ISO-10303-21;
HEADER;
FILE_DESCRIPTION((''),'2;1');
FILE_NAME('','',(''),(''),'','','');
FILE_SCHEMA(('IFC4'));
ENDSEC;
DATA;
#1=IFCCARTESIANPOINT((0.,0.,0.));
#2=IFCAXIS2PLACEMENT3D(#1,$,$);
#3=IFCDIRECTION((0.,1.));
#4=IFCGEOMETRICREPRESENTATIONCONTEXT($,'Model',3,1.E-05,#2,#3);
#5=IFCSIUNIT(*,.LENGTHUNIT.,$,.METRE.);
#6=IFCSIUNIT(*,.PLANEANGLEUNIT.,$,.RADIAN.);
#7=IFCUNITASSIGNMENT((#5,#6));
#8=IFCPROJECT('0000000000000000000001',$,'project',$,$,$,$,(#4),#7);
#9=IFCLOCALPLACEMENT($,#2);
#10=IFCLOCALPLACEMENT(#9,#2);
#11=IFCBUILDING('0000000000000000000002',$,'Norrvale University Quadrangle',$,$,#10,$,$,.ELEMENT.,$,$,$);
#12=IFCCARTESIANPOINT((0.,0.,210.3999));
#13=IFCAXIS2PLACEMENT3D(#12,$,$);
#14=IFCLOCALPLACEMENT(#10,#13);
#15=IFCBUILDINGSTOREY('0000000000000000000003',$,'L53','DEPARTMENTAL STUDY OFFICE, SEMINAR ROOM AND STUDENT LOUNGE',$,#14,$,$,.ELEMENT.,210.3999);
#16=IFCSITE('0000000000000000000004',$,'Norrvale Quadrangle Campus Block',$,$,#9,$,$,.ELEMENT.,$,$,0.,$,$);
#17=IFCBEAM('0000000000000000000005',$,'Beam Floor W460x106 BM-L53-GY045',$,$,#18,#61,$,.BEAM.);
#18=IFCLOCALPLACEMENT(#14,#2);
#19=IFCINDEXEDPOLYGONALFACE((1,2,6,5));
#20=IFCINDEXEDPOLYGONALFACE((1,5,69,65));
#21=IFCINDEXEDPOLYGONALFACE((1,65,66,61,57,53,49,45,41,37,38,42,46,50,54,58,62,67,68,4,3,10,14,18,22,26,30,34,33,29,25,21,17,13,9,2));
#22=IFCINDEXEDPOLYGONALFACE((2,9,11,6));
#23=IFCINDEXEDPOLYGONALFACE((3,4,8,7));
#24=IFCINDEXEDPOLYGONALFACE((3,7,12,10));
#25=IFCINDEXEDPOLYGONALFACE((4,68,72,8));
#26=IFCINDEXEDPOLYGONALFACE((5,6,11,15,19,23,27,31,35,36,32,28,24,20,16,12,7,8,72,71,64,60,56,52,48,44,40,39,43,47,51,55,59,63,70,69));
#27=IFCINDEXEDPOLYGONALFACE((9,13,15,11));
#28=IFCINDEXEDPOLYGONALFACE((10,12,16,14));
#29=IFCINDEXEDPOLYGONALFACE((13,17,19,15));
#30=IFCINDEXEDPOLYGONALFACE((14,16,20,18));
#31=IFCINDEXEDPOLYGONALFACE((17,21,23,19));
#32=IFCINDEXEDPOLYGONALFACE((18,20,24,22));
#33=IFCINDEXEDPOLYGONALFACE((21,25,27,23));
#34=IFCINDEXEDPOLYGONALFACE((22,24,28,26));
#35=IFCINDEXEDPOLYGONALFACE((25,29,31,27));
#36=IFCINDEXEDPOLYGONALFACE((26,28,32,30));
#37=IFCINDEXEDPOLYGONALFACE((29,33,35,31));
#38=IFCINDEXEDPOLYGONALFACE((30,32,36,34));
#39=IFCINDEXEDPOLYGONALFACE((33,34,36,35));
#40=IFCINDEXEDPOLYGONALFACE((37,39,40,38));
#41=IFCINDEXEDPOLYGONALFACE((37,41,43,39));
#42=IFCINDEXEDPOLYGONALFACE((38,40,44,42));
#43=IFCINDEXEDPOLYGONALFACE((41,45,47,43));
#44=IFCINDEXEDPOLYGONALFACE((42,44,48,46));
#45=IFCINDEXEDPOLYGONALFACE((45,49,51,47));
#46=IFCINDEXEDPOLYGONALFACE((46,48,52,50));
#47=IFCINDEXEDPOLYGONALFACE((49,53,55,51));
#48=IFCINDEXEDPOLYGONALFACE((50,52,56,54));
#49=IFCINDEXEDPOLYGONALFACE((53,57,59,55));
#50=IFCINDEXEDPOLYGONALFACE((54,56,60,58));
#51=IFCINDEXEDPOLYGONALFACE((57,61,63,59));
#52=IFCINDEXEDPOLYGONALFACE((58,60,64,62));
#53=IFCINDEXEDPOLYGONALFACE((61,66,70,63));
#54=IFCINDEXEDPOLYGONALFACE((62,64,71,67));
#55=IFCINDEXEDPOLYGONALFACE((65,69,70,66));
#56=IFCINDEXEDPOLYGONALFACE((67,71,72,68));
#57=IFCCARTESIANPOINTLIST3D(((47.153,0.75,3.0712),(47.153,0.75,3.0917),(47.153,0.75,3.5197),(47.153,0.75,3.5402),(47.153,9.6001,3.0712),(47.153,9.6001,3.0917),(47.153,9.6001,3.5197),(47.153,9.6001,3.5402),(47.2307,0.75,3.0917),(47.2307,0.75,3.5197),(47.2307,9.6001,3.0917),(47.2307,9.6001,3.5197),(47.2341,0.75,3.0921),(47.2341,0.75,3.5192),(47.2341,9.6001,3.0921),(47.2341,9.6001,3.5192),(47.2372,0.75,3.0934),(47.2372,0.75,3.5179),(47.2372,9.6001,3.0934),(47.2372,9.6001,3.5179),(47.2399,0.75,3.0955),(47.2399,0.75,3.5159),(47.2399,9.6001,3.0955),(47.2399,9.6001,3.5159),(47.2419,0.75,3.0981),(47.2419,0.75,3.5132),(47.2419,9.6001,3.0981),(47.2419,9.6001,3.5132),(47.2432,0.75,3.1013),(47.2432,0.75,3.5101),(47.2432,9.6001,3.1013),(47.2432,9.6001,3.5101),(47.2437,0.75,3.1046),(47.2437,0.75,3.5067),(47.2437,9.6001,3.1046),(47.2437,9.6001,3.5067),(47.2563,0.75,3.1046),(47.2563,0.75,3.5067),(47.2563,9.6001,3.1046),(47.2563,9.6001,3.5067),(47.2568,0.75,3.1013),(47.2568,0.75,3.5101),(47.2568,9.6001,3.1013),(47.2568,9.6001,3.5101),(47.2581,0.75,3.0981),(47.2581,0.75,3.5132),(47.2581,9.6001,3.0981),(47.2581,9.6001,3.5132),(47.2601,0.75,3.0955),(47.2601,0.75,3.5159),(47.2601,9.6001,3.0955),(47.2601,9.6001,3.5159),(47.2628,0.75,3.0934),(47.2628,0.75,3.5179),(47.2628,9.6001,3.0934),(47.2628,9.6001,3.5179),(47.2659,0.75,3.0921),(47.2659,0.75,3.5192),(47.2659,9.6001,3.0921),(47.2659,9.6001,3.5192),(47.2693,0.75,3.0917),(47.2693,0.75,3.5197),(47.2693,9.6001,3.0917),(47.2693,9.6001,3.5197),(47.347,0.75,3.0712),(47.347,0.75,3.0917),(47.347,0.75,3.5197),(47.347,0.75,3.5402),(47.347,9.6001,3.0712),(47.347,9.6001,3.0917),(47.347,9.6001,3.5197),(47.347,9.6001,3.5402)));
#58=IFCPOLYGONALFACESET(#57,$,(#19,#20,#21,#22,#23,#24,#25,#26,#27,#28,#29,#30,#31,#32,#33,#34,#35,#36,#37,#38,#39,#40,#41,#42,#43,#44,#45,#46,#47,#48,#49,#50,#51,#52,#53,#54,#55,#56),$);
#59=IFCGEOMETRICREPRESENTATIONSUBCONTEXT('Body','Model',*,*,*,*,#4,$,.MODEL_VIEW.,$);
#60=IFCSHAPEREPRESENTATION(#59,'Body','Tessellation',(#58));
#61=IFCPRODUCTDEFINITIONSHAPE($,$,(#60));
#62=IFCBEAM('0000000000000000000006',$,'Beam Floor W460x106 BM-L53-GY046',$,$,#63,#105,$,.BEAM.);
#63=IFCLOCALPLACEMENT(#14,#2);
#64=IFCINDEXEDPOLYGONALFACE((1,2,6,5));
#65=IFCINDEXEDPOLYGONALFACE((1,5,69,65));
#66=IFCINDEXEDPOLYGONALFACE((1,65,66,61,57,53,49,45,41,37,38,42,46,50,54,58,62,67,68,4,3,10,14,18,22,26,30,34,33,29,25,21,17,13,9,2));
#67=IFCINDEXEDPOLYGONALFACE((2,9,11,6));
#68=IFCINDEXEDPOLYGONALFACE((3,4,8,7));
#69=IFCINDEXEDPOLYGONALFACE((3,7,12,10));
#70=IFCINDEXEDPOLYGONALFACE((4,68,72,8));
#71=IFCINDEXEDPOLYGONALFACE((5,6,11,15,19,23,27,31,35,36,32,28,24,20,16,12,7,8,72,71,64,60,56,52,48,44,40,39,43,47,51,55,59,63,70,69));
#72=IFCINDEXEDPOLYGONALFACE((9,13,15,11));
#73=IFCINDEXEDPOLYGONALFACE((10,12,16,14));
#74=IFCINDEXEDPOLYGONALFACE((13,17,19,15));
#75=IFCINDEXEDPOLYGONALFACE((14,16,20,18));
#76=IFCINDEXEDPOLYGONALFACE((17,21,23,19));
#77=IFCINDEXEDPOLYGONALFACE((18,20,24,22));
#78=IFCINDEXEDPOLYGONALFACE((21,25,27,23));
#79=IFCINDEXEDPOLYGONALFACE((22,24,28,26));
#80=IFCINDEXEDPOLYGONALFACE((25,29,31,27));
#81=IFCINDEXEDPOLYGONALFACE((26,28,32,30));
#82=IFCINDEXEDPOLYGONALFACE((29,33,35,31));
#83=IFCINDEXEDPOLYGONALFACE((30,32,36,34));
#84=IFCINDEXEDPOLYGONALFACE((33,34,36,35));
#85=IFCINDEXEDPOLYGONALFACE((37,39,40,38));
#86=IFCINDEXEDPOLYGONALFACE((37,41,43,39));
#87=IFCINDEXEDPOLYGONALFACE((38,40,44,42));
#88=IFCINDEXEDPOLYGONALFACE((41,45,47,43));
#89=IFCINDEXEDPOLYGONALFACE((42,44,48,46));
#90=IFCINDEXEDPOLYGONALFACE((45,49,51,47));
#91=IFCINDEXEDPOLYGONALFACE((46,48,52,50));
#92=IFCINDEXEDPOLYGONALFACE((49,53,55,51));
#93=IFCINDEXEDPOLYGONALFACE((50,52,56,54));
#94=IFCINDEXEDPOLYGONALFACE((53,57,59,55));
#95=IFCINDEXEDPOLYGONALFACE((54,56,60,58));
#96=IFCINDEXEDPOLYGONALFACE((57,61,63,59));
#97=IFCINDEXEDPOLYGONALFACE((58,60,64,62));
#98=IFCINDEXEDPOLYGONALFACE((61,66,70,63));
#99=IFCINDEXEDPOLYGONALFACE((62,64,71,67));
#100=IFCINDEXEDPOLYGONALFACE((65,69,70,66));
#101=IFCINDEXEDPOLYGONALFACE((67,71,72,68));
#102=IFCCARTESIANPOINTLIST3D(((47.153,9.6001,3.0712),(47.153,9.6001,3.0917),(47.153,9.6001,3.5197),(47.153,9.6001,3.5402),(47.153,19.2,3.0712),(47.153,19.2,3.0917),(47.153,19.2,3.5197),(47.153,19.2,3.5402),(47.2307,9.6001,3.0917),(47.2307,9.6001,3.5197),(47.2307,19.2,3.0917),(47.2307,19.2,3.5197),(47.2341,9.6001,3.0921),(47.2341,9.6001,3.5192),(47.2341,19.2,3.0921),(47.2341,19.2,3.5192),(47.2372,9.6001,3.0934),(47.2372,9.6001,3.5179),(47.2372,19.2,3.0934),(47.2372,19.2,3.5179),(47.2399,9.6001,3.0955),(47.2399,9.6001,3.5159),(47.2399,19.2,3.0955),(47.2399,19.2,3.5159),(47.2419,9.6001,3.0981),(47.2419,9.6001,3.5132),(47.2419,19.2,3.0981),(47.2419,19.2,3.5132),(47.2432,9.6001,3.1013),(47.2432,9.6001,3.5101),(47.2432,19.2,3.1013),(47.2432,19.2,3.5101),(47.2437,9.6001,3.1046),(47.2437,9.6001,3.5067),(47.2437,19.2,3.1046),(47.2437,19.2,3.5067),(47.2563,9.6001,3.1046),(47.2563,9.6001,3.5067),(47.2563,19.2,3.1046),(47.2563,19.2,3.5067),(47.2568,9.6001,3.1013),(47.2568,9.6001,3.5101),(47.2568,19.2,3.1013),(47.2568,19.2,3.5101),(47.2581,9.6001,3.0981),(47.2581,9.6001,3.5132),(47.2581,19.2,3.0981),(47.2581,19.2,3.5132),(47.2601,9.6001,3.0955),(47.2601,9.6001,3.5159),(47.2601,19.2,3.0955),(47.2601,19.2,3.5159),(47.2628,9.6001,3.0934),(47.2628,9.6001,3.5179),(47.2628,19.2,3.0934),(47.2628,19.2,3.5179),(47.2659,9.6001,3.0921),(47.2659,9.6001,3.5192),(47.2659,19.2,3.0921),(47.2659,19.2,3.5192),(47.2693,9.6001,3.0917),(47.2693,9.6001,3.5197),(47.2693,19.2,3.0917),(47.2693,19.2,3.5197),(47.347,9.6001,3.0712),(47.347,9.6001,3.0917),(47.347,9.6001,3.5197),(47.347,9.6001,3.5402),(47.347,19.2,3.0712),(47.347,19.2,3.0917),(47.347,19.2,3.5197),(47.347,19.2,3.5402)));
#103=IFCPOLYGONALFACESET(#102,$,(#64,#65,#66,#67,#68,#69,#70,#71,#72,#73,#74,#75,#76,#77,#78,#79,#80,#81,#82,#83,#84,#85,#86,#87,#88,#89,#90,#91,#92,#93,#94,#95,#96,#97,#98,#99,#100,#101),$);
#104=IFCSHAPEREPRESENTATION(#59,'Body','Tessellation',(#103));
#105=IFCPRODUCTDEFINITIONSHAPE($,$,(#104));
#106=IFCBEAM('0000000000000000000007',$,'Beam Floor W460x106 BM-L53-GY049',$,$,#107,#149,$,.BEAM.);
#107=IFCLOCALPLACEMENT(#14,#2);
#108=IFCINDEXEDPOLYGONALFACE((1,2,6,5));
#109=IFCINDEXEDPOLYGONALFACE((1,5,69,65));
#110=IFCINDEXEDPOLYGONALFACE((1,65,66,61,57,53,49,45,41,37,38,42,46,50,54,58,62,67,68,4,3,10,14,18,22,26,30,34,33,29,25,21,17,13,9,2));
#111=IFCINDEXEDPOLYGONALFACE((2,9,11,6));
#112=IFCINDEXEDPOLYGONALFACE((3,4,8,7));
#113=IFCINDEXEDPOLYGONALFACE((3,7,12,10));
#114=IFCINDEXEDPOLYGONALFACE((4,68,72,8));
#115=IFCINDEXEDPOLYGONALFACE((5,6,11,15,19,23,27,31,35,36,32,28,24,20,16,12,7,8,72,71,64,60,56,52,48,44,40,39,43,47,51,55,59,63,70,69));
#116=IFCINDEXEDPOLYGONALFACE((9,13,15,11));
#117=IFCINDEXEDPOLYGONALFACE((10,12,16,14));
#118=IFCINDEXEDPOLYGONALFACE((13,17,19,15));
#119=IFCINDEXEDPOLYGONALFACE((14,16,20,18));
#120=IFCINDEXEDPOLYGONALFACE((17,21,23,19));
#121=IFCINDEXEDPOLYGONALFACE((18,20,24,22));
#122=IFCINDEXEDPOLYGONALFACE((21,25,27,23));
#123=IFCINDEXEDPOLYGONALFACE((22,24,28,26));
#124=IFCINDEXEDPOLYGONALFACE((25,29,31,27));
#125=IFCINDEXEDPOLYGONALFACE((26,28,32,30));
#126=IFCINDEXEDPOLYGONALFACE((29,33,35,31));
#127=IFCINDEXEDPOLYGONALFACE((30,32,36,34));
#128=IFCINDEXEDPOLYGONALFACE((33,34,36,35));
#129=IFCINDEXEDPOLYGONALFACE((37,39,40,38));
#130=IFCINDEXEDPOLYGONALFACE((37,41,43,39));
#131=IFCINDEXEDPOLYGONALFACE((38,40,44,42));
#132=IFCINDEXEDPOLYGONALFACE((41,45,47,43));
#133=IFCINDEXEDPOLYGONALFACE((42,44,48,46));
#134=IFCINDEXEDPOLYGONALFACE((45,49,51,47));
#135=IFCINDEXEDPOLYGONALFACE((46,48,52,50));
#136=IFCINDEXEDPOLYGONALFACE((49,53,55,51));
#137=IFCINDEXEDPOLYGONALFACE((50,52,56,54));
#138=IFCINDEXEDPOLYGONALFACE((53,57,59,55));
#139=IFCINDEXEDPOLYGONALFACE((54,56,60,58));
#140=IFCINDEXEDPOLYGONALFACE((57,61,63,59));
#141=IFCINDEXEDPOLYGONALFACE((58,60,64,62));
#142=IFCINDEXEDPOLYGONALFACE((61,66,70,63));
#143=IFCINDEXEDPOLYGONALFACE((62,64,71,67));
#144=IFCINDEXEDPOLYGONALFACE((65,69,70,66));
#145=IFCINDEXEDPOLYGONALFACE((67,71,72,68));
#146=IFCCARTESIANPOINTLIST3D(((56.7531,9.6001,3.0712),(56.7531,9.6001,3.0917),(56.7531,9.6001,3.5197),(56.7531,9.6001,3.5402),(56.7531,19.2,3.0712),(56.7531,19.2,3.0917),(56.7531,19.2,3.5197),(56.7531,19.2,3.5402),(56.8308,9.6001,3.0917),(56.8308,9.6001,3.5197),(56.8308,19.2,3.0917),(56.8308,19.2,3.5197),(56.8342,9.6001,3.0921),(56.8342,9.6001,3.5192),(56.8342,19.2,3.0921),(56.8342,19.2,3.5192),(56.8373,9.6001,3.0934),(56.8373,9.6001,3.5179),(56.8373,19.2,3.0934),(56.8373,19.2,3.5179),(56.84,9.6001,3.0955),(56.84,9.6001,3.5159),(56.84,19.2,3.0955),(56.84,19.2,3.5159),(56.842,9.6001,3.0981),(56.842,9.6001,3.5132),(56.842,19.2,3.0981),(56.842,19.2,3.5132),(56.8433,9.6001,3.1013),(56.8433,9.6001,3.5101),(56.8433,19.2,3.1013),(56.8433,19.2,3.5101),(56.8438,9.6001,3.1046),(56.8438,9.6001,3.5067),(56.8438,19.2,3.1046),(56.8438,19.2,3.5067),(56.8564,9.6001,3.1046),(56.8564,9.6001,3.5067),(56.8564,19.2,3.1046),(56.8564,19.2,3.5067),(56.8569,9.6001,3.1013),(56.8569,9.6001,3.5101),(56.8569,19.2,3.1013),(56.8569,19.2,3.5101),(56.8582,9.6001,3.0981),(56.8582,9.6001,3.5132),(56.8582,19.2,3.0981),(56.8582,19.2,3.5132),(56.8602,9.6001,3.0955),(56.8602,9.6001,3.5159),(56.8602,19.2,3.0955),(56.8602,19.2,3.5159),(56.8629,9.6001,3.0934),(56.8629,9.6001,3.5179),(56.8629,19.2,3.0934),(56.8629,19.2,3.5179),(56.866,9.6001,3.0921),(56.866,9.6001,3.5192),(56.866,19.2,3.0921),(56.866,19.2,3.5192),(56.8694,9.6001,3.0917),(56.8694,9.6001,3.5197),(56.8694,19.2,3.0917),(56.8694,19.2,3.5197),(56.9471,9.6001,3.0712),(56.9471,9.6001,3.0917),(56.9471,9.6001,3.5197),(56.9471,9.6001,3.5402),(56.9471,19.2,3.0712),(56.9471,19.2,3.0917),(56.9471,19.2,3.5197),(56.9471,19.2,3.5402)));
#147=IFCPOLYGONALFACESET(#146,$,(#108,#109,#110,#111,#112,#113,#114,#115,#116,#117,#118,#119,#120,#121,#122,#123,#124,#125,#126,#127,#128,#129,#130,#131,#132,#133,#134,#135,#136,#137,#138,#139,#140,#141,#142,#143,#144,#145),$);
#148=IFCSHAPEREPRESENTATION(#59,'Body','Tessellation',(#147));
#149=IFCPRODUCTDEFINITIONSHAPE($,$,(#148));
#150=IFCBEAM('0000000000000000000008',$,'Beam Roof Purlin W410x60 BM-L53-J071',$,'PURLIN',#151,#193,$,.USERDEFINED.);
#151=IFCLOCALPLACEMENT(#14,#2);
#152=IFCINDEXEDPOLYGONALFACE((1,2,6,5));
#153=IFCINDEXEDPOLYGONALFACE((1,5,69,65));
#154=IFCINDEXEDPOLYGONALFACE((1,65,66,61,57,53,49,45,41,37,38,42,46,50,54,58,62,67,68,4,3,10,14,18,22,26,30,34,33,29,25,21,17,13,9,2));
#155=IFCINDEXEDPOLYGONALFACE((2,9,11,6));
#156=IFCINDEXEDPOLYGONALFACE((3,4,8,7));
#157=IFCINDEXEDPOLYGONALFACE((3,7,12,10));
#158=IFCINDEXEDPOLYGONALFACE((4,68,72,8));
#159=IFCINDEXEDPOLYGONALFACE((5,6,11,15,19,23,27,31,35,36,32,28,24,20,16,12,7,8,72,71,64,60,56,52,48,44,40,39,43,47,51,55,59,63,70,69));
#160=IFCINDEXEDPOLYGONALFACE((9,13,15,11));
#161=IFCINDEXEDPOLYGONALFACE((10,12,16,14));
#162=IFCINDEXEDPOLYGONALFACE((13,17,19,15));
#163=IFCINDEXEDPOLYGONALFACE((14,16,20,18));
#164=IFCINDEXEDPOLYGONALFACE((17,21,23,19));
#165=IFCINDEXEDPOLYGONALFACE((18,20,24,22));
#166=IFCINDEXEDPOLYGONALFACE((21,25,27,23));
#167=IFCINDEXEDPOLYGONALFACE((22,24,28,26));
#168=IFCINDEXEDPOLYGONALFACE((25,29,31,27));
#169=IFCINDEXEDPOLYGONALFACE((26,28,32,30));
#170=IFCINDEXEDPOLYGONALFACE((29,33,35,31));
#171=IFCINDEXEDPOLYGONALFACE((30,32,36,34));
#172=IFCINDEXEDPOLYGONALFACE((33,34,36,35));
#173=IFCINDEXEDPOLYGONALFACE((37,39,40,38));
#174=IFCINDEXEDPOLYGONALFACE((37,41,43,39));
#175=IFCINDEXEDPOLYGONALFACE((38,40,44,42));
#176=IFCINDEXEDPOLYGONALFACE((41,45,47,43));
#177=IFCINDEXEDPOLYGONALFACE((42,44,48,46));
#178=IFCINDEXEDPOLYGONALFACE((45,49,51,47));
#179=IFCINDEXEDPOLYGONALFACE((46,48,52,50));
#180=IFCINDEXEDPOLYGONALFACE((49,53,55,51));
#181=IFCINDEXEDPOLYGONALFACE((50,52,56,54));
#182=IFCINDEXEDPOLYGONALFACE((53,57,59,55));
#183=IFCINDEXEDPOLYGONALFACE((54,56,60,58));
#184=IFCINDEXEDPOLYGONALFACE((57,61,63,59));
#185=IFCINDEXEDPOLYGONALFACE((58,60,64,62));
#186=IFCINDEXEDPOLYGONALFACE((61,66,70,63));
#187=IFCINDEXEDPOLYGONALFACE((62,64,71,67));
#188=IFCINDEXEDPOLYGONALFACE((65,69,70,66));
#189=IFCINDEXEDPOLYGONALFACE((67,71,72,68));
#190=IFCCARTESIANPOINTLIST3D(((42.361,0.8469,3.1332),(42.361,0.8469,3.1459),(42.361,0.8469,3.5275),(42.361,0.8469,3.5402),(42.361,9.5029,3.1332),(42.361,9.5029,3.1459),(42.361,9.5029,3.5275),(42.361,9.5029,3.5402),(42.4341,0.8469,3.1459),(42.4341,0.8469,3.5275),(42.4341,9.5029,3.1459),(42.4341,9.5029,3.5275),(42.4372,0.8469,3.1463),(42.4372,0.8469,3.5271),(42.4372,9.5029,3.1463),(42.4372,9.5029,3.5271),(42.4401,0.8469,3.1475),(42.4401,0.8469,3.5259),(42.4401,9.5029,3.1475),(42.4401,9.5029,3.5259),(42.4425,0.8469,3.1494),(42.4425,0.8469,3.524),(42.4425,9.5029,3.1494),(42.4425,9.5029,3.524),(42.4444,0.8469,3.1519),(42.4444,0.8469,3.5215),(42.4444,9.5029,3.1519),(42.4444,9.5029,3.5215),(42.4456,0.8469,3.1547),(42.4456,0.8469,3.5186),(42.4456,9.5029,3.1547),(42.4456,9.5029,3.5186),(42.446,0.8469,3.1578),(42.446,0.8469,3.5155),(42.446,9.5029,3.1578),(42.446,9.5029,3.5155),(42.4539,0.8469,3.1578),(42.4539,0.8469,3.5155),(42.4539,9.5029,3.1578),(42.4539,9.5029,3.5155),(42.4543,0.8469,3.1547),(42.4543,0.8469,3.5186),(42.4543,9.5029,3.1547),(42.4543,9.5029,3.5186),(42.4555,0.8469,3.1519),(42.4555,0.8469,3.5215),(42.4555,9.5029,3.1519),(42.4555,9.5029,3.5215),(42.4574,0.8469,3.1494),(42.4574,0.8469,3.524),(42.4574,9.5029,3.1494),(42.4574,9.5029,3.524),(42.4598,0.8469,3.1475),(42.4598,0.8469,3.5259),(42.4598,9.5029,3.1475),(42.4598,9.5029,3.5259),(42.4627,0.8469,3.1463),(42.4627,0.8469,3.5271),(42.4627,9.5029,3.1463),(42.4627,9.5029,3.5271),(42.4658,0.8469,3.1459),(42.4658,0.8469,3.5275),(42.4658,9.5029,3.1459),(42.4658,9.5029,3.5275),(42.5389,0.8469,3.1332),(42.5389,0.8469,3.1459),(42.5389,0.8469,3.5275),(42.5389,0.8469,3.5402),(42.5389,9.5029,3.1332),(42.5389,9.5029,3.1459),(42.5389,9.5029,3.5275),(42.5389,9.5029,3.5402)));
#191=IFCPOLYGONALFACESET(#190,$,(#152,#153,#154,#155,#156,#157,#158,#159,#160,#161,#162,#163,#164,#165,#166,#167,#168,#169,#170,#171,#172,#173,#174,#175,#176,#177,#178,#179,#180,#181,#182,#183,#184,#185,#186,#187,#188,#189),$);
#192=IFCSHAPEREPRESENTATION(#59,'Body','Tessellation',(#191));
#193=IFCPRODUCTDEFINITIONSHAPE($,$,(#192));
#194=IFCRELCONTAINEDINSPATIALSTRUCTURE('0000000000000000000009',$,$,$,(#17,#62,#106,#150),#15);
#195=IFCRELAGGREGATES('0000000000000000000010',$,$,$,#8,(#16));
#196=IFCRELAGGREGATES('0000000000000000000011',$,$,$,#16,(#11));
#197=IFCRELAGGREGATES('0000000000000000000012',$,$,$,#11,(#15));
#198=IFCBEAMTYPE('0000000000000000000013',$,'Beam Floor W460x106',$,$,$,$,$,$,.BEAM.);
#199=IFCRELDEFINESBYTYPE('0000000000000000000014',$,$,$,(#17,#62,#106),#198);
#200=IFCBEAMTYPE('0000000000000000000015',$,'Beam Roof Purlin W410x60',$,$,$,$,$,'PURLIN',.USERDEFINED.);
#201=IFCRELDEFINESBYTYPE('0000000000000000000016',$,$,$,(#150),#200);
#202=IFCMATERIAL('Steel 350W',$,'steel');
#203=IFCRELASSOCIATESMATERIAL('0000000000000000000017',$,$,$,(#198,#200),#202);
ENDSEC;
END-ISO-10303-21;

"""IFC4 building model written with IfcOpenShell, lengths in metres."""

from ifc_helpers import new_model, si_unit, direction, frame, origin, origin_2d, place, context, subcontext, project, spatial, i_section, extrude, material, material_profile, profile_set, type_object, element, save


model = new_model("IFC4")

# Units and contexts
model_context = context("Model", 3, precision=1e-05, world=origin(), true_north=direction((0.0, 1.0)))
body_context = subcontext(model_context, "Body", "Model", "MODEL_VIEW")
ifc_project = project(units=[si_unit("LENGTHUNIT", "METRE"), si_unit("PLANEANGLEUNIT", "RADIAN")], contexts=[model_context])

# Site, building, storey
site_placement = place(None, origin())
site = spatial("IfcSite", under=ifc_project, at=site_placement, Name="Norrvale Quadrangle Campus Block", CompositionType="ELEMENT", RefElevation=0.0)
building_placement = place(site_placement, origin())
building = spatial("IfcBuilding", under=site, at=building_placement, Name="Norrvale University Quadrangle", CompositionType="ELEMENT")
storey_placement = place(building_placement, frame((0.0, 0.0, 210.3999)))
storey = spatial("IfcBuildingStorey", under=building, at=storey_placement, Name="L53", Description="DEPARTMENTAL STUDY OFFICE, SEMINAR ROOM AND STUDENT LOUNGE", CompositionType="ELEMENT", Elevation=210.3999)

# Beams
ifc_material_1 = material(Name="Steel 350W", Category="steel")
ifc_material_profile_1 = material_profile(ifc_material_1, i_section(OverallWidth=0.1941, OverallDepth=0.469, WebThickness=0.0127, FlangeThickness=0.0205, FilletRadius=0.0129, at=origin_2d()), Name="Steel 350W")
ifc_profile_set_1 = profile_set([ifc_material_profile_1], Name="Steel 350W")
beam_type_1 = type_object("IfcBeamType", Name="Beam Floor W460x106", PredefinedType="BEAM", material=ifc_profile_set_1)
beam_1_placement = place(storey_placement, frame((47.25, 0.75, 3.3057), z_axis=(0.0, 1.0, 0.0), x_axis=(-1.0, 0.0, 0.0)))
element("IfcBeam", 1, at=beam_1_placement, inside=storey, type_object=beam_type_1, Name="Beam Floor W460x106 BM-L53-GY045", PredefinedType="BEAM", context=body_context, shape_type="SweptSolid", body=[
    extrude(i_section(OverallWidth=0.1941, OverallDepth=0.469, WebThickness=0.0127, FlangeThickness=0.0205, FilletRadius=0.0129, at=origin_2d()), origin(), (0.0, 0.0, 1.0), 8.8501),
])
for number, where, z_axis, x_axis, name in (
    (2, (47.25, 9.6001, 3.3057), (0.0, 1.0, 0.0), (-1.0, 0.0, 0.0), "Beam Floor W460x106 BM-L53-GY046"),
    (3, (56.8501, 9.6001, 3.3057), (0.0, 1.0, 0.0), (-1.0, 0.0, 0.0), "Beam Floor W460x106 BM-L53-GY049"),
):
    element("IfcBeam", number, at=place(storey_placement, frame(where, z_axis=z_axis, x_axis=x_axis)), inside=storey, type_object=beam_type_1, Name=name, PredefinedType="BEAM", context=body_context, shape_type="SweptSolid", body=[
        extrude(i_section(OverallWidth=0.1941, OverallDepth=0.469, WebThickness=0.0127, FlangeThickness=0.0205, FilletRadius=0.0129, at=origin_2d()), origin(), (0.0, 0.0, 1.0), 9.5999),
    ])
ifc_material_profile_2 = material_profile(ifc_material_1, i_section(OverallWidth=0.178, OverallDepth=0.407, WebThickness=0.0078, FlangeThickness=0.0127, FilletRadius=0.012, at=origin_2d()), Name="Steel 350W")
ifc_profile_set_2 = profile_set([ifc_material_profile_2], Name="Steel 350W")
beam_type_2 = type_object("IfcBeamType", Name="Beam Roof Purlin W410x60", ElementType="PURLIN", PredefinedType="USERDEFINED", material=ifc_profile_set_2)
beam_2_placement = place(storey_placement, frame((42.45, 0.8469, 3.3367), z_axis=(0.0, 1.0, 0.0), x_axis=(-1.0, 0.0, 0.0)))
element("IfcBeam", 4, at=beam_2_placement, inside=storey, type_object=beam_type_2, Name="Beam Roof Purlin W410x60 BM-L53-J071", ObjectType="PURLIN", PredefinedType="USERDEFINED", context=body_context, shape_type="SweptSolid", body=[
    extrude(i_section(OverallWidth=0.178, OverallDepth=0.407, WebThickness=0.0078, FlangeThickness=0.0127, FilletRadius=0.012, at=origin_2d()), origin(), (0.0, 0.0, 1.0), 8.656),
])

save(model, "model.ifc")
